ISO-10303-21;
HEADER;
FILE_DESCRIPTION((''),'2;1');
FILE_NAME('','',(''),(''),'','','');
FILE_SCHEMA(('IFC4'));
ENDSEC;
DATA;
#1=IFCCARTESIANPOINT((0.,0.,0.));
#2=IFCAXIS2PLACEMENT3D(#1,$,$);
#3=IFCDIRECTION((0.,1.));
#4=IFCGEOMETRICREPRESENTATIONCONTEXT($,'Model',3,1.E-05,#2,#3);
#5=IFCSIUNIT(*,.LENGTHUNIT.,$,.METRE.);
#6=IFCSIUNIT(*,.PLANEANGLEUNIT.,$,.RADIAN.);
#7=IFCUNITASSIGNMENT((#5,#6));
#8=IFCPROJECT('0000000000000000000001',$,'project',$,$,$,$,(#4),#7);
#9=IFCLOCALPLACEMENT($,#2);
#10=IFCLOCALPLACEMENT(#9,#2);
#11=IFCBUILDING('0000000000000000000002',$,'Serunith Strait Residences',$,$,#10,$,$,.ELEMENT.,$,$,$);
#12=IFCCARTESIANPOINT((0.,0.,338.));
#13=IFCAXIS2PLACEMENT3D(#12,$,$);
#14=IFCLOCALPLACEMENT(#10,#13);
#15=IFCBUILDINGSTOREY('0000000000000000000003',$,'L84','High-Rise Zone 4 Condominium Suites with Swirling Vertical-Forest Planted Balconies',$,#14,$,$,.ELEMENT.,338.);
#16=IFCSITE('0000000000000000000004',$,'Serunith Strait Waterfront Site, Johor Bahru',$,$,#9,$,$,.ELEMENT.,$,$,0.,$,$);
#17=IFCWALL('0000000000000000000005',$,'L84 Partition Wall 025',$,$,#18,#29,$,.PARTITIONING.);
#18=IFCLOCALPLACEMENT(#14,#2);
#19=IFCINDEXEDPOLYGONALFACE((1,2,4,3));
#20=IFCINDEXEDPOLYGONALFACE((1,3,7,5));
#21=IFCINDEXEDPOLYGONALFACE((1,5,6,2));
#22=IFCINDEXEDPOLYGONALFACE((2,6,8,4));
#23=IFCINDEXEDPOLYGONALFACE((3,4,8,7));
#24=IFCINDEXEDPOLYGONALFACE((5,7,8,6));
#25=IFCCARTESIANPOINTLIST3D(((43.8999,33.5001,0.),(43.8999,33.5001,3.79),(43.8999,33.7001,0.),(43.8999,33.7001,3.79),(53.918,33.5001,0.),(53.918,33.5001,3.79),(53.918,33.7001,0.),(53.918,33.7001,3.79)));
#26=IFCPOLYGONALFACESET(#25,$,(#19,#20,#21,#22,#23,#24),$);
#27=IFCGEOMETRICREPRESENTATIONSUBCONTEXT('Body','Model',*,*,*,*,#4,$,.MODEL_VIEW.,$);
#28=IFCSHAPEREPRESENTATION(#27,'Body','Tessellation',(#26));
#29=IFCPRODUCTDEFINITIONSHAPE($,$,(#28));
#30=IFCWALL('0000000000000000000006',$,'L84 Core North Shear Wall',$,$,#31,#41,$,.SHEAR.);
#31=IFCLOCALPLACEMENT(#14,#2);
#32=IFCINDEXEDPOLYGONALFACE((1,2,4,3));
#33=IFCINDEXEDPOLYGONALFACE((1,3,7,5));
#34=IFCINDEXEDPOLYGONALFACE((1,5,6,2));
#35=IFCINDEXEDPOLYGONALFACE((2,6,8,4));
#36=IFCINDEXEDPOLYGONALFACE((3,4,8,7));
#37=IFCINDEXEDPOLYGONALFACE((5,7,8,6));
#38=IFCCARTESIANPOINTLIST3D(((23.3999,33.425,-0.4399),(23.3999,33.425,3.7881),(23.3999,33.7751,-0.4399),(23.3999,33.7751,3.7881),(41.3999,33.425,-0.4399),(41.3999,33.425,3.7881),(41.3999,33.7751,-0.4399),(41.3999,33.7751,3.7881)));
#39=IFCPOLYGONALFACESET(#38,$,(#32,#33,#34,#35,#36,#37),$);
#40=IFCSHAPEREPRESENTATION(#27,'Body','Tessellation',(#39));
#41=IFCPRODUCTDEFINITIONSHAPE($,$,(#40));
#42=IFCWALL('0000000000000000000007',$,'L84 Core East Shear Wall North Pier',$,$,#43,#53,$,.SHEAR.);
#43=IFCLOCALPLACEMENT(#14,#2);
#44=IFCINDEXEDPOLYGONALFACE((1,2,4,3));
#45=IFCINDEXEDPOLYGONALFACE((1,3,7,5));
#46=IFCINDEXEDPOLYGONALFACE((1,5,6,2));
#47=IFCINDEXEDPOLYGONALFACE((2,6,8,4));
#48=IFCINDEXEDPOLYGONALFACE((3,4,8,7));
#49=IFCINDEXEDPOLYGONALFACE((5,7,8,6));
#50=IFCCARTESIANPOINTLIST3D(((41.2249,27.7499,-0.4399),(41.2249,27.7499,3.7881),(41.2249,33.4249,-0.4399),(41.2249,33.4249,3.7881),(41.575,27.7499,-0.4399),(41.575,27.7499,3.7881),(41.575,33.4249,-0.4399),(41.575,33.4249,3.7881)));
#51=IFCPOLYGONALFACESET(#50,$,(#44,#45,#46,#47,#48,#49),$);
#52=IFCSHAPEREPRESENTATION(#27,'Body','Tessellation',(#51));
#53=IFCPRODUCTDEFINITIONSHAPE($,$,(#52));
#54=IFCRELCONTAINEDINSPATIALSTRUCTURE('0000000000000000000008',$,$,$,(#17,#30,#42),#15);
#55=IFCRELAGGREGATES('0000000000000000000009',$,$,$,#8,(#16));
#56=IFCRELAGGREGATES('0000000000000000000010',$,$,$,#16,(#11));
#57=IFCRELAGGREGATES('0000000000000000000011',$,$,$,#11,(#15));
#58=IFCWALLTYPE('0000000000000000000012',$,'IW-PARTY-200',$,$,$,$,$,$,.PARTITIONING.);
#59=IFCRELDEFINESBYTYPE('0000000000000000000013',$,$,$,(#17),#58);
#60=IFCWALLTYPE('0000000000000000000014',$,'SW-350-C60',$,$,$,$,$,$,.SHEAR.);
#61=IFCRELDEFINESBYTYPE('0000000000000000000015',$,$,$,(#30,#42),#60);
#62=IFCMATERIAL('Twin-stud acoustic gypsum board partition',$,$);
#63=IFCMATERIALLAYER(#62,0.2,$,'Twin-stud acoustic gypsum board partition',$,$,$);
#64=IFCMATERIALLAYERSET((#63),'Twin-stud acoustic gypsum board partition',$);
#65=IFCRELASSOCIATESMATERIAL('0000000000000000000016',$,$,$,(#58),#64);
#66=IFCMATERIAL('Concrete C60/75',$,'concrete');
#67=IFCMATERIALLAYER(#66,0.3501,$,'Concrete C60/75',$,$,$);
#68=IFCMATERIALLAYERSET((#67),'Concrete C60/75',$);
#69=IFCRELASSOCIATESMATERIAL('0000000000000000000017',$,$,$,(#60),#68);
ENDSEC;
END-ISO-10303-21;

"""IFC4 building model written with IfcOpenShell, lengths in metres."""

from ifc_helpers import new_model, si_unit, direction, frame, frame_2d, origin, place, context, subcontext, project, spatial, rectangle, extrude, material, layer, layer_set, type_object, element, save


model = new_model("IFC4")

# Units and contexts
model_context = context("Model", 3, precision=1e-05, world=origin(), true_north=direction((0.0, 1.0)))
body_context = subcontext(model_context, "Body", "Model", "MODEL_VIEW")
ifc_project = project(units=[si_unit("LENGTHUNIT", "METRE"), si_unit("PLANEANGLEUNIT", "RADIAN")], contexts=[model_context])

# Site, building, storey
site_placement = place(None, origin())
site = spatial("IfcSite", under=ifc_project, at=site_placement, Name="Serunith Strait Waterfront Site, Johor Bahru", CompositionType="ELEMENT", RefElevation=0.0)
building_placement = place(site_placement, origin())
building = spatial("IfcBuilding", under=site, at=building_placement, Name="Serunith Strait Residences", CompositionType="ELEMENT")
storey_placement = place(building_placement, frame((0.0, 0.0, 338.0)))
storey = spatial("IfcBuildingStorey", under=building, at=storey_placement, Name="L84", Description="High-Rise Zone 4 Condominium Suites with Swirling Vertical-Forest Planted Balconies", CompositionType="ELEMENT", Elevation=338.0)

# Shared definitions
ifc_material_1 = material(Name="Concrete C60/75", Category="concrete")

# Wall
ifc_material_2 = material(Name="Twin-stud acoustic gypsum board partition")
ifc_layer_1 = layer(ifc_material_2, 0.2, Name="Twin-stud acoustic gypsum board partition")
ifc_layer_set_1 = layer_set([ifc_layer_1], Name="Twin-stud acoustic gypsum board partition")
wall_type_1 = type_object("IfcWallType", Name="IW-PARTY-200", PredefinedType="PARTITIONING", material=ifc_layer_set_1)
wall_1_placement = place(storey_placement, frame((43.8999, 33.6001, 0.0), z_axis=(0.0, 0.0, 1.0), x_axis=(1.0, 0.0, 0.0)))
element("IfcWall", 1, at=wall_1_placement, inside=storey, type_object=wall_type_1, Name="L84 Partition Wall 025", PredefinedType="PARTITIONING", context=body_context, shape_type="SweptSolid", body=[
    extrude(rectangle(XDim=10.0181, YDim=0.2, at=frame_2d((5.009, 0.0))), origin(), (0.0, 0.0, 1.0), 3.79),
])

# Walls
ifc_layer_2 = layer(ifc_material_1, 0.3501, Name="Concrete C60/75")
ifc_layer_set_2 = layer_set([ifc_layer_2], Name="Concrete C60/75")
wall_type_2 = type_object("IfcWallType", Name="SW-350-C60", PredefinedType="SHEAR", material=ifc_layer_set_2)
wall_2_placement = place(storey_placement, frame((41.3999, 33.6001, -0.4399), z_axis=(0.0, 0.0, 1.0), x_axis=(-1.0, 0.0, 0.0)))
element("IfcWall", 2, at=wall_2_placement, inside=storey, type_object=wall_type_2, Name="L84 Core North Shear Wall", PredefinedType="SHEAR", context=body_context, shape_type="SweptSolid", body=[
    extrude(rectangle(XDim=18.0, YDim=0.3501, at=frame_2d((9.0, 0.0))), origin(), (0.0, 0.0, 1.0), 4.228),
])
wall_3_placement = place(storey_placement, frame((41.3999, 27.75, -0.4399), z_axis=(0.0, 0.0, 1.0), x_axis=(0.0, 1.0, 0.0)))
element("IfcWall", 3, at=wall_3_placement, inside=storey, type_object=wall_type_2, Name="L84 Core East Shear Wall North Pier", PredefinedType="SHEAR", context=body_context, shape_type="SweptSolid", body=[
    extrude(rectangle(XDim=5.675, YDim=0.3501, at=frame_2d((2.8374, 0.0))), origin(), (0.0, 0.0, 1.0), 4.228),
])

save(model, "model.ifc")
